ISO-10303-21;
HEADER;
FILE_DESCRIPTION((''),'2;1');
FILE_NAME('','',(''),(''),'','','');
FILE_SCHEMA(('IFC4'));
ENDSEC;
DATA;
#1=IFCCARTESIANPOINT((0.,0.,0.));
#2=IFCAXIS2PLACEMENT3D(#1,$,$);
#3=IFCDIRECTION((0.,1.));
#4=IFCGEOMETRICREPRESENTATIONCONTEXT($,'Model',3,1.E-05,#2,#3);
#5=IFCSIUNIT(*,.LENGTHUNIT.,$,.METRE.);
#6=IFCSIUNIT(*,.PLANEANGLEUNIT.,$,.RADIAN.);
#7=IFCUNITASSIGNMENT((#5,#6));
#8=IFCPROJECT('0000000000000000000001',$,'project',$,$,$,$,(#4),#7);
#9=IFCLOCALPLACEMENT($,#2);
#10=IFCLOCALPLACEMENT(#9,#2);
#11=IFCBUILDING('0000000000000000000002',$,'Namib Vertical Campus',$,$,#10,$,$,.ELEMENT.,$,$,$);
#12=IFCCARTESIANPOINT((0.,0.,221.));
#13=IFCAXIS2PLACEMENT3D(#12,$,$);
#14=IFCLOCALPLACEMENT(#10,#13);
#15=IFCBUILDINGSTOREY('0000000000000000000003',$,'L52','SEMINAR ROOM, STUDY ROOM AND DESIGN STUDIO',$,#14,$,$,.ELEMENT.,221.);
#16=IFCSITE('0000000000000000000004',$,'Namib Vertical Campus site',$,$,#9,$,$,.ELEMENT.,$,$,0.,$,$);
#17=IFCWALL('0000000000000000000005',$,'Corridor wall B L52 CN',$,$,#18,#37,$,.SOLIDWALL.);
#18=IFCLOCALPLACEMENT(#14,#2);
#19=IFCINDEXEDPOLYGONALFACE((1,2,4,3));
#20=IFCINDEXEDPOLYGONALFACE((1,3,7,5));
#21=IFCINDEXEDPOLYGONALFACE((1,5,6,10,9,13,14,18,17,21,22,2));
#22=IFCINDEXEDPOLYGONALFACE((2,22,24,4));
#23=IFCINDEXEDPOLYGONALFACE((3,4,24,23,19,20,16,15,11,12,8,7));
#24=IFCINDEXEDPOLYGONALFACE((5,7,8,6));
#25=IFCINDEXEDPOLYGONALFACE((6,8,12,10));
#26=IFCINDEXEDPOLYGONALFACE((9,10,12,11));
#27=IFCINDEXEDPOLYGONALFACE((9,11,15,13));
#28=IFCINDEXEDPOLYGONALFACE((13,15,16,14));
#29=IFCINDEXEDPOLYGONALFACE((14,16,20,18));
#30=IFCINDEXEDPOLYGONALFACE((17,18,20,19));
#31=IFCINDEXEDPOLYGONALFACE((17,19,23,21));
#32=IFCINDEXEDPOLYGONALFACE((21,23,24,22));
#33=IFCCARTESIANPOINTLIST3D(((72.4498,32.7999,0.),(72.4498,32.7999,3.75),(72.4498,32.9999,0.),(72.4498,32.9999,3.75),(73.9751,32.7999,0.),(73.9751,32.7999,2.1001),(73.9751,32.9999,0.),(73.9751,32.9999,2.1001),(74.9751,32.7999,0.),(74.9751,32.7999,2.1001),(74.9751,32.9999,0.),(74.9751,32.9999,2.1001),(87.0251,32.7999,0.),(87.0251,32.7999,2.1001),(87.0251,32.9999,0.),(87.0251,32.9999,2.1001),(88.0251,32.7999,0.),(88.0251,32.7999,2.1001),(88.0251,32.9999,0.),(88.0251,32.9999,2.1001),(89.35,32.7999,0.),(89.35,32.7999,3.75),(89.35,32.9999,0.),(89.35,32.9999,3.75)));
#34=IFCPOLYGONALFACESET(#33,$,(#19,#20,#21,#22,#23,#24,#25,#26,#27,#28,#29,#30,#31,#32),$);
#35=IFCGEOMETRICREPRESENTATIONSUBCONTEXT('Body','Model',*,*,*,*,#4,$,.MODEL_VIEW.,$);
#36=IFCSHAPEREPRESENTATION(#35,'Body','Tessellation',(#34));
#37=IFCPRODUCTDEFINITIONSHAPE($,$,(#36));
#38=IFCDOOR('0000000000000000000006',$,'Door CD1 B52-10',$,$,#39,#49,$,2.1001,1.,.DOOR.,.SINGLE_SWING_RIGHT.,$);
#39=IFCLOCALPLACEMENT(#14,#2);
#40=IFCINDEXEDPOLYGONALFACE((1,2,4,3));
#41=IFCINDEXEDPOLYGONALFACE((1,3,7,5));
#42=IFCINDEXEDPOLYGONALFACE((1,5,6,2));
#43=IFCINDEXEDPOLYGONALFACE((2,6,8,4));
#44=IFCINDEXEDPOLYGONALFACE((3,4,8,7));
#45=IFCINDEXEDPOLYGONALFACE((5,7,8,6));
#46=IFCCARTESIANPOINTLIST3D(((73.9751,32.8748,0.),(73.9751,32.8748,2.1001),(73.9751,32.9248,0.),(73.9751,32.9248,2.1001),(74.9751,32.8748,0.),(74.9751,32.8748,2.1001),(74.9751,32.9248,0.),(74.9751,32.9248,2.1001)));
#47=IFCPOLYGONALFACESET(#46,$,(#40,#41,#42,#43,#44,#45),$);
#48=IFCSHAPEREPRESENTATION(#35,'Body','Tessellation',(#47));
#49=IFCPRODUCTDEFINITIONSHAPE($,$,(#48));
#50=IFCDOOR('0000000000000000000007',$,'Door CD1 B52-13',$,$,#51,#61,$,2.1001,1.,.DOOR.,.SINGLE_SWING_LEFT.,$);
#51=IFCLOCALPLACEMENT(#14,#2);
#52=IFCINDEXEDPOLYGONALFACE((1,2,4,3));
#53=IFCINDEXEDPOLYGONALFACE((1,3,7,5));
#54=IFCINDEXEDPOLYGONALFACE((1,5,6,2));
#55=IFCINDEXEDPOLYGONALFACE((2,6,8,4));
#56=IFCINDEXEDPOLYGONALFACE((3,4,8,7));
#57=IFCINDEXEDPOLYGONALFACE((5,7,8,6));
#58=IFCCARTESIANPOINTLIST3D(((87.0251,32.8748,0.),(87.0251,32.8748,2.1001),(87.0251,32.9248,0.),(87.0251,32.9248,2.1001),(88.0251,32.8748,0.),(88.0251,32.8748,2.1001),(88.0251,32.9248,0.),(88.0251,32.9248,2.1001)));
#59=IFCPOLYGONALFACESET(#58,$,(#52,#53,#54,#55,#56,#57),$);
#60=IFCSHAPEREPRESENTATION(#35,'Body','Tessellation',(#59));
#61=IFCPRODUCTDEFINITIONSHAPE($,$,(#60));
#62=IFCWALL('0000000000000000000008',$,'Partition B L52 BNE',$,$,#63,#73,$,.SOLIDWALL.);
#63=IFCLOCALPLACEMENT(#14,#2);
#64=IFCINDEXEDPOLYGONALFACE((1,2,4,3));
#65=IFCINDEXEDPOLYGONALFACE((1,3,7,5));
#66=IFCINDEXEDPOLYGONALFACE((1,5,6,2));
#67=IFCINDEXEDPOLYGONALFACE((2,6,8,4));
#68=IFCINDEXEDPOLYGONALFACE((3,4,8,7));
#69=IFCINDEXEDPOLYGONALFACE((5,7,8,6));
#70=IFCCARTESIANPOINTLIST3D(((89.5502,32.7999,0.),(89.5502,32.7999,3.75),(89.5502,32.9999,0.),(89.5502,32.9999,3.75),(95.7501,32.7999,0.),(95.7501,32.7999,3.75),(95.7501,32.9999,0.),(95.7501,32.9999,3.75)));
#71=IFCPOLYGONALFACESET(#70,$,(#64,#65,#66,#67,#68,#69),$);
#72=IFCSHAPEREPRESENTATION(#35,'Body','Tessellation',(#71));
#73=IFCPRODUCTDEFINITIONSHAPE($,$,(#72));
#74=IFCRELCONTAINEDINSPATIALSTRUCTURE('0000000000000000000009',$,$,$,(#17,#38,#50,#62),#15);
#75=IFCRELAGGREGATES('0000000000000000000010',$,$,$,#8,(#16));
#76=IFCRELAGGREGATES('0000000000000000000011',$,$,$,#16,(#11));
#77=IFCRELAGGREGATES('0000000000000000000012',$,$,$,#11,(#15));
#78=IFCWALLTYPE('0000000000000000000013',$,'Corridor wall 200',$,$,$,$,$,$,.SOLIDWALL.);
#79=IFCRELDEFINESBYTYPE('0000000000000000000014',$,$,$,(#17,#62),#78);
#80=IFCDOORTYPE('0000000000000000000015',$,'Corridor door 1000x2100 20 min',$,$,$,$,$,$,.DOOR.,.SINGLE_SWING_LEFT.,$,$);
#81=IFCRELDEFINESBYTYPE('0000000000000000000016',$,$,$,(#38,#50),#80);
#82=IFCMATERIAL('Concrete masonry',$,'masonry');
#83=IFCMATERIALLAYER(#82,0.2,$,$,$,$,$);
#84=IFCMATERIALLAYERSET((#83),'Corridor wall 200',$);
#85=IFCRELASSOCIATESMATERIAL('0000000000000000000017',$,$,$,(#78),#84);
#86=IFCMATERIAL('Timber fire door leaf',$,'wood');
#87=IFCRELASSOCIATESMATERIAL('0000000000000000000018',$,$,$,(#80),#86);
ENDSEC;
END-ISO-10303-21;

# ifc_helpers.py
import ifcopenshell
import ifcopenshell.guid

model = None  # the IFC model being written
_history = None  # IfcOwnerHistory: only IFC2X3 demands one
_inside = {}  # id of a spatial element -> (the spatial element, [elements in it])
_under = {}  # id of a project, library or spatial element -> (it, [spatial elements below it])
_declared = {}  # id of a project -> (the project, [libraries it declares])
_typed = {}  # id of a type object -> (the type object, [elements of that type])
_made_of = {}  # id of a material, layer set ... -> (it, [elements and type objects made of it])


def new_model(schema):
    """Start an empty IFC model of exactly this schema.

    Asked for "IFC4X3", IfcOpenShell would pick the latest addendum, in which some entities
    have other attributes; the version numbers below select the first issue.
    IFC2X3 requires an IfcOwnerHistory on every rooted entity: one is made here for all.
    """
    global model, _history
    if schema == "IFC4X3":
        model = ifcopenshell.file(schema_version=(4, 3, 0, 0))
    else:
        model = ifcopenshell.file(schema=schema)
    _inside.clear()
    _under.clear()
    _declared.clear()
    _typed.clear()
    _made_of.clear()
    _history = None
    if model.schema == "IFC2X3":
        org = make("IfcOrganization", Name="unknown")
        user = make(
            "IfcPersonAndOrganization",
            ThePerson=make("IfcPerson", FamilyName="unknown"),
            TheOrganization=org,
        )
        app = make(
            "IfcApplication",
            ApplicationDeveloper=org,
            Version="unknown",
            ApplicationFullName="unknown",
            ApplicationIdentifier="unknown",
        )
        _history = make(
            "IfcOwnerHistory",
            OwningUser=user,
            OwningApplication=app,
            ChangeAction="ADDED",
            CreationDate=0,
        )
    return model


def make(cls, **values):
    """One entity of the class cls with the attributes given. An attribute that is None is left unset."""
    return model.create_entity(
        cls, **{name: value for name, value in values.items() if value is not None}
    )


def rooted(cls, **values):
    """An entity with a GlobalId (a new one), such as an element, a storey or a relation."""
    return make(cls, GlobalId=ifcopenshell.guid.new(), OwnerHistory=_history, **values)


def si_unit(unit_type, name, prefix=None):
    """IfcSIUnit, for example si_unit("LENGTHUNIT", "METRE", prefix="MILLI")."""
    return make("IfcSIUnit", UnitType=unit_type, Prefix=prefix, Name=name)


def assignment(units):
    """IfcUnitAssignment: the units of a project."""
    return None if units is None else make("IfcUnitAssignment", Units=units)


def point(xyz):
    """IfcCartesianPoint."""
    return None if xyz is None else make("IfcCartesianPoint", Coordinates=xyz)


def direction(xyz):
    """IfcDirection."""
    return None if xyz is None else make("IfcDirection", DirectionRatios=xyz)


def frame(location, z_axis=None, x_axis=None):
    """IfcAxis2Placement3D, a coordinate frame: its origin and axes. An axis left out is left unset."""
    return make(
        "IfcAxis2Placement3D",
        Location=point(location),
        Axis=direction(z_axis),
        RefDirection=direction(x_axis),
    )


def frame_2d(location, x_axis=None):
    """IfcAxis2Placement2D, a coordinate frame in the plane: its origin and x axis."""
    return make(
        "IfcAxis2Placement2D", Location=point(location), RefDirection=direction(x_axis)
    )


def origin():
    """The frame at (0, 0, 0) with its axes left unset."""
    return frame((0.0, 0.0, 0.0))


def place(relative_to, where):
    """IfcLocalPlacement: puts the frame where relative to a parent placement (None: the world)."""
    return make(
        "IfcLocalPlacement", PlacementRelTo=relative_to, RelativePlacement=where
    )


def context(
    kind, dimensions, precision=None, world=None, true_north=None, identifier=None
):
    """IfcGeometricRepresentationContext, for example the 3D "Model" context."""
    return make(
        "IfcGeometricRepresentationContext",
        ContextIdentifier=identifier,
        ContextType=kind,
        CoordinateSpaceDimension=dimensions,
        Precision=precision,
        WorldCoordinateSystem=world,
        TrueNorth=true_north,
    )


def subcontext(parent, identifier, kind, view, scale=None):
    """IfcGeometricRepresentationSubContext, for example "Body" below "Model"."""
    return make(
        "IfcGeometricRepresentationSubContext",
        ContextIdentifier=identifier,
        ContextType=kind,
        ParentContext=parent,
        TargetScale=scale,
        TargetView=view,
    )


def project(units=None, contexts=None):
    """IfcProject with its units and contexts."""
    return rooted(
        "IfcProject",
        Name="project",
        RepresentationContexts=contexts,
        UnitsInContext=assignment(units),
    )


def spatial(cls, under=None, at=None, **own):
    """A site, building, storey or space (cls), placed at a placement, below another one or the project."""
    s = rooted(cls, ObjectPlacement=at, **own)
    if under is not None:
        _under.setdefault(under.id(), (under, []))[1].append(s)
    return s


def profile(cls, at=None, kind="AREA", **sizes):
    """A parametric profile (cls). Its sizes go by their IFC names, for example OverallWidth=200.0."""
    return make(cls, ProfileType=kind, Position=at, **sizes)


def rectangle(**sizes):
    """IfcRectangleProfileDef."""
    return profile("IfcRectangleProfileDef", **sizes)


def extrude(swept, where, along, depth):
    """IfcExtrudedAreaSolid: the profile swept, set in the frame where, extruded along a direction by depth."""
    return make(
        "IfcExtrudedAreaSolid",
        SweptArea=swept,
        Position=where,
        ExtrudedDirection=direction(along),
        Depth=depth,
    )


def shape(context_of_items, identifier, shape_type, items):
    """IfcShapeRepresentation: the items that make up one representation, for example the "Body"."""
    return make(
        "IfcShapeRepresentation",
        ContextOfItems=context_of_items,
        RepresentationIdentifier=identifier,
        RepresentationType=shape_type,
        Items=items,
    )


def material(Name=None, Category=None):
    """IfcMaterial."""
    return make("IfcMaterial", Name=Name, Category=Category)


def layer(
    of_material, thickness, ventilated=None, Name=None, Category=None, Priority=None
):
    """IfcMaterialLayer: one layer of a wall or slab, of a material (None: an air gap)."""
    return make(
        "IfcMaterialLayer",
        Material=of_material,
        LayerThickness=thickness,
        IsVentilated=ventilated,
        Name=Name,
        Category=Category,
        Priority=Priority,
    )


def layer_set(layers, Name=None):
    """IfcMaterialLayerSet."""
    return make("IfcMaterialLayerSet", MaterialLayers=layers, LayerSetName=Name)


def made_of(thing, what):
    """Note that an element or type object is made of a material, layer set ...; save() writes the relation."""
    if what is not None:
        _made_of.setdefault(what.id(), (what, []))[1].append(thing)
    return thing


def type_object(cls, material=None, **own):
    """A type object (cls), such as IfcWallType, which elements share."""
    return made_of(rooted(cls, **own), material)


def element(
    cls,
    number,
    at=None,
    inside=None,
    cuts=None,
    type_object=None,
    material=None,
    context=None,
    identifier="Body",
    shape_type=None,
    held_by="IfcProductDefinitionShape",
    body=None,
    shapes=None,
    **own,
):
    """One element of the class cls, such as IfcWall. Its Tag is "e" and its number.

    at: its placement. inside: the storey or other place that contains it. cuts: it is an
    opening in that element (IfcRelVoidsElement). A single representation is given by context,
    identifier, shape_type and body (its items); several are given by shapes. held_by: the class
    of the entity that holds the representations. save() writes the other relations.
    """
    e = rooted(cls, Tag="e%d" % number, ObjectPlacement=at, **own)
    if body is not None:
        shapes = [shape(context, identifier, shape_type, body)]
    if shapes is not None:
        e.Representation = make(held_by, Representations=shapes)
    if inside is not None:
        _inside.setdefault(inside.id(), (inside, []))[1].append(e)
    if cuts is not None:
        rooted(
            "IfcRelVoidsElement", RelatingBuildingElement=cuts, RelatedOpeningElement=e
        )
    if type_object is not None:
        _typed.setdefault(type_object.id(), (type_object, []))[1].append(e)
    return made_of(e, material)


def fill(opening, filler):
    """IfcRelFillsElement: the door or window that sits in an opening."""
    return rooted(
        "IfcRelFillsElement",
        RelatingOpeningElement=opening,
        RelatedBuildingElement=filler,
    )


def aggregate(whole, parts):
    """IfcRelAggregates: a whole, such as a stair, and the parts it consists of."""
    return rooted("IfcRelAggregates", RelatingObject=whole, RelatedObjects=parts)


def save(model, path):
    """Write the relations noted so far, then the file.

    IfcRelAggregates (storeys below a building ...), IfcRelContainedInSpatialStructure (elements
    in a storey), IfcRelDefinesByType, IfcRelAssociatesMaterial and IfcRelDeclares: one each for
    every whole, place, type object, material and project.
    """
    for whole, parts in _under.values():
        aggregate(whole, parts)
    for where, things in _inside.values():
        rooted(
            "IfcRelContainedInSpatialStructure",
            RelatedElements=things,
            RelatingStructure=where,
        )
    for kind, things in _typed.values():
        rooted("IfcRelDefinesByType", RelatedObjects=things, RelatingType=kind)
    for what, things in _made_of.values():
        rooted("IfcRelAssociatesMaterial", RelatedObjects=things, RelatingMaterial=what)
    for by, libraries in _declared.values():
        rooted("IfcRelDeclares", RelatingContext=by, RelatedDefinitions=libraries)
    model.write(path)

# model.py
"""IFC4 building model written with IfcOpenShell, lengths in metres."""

from ifc_helpers import new_model, si_unit, direction, frame, frame_2d, origin, place, context, subcontext, project, spatial, rectangle, extrude, material, layer, layer_set, type_object, element, fill, save


model = new_model("IFC4")

# Units and contexts
model_context = context("Model", 3, precision=1e-05, world=origin(), true_north=direction((0.0, 1.0)))
body_context = subcontext(model_context, "Body", "Model", "MODEL_VIEW")
ifc_project = project(units=[si_unit("LENGTHUNIT", "METRE"), si_unit("PLANEANGLEUNIT", "RADIAN")], contexts=[model_context])

# Site, building, storey
site_placement = place(None, origin())
site = spatial("IfcSite", under=ifc_project, at=site_placement, Name="Namib Vertical Campus site", CompositionType="ELEMENT", RefElevation=0.0)
building_placement = place(site_placement, origin())
building = spatial("IfcBuilding", under=site, at=building_placement, Name="Namib Vertical Campus", CompositionType="ELEMENT")
storey_placement = place(building_placement, frame((0.0, 0.0, 221.0)))
storey = spatial("IfcBuildingStorey", under=building, at=storey_placement, Name="L52", Description="SEMINAR ROOM, STUDY ROOM AND DESIGN STUDIO", CompositionType="ELEMENT", Elevation=221.0)

# Wall, openings, doors
ifc_material_1 = material(Name="Concrete masonry", Category="masonry")
ifc_layer_1 = layer(ifc_material_1, 0.2)
ifc_layer_set_1 = layer_set([ifc_layer_1], Name="Corridor wall 200")
wall_type_1 = type_object("IfcWallType", Name="Corridor wall 200", PredefinedType="SOLIDWALL", material=ifc_layer_set_1)
wall_1_placement = place(storey_placement, frame((89.3501, 32.8999, 0.0), z_axis=(0.0, 0.0, 1.0), x_axis=(-1.0, 0.0, 0.0)))
wall_1 = element("IfcWall", 1, at=wall_1_placement, inside=storey, type_object=wall_type_1, Name="Corridor wall B L52 CN", PredefinedType="SOLIDWALL", context=body_context, shape_type="SweptSolid", body=[
    extrude(rectangle(XDim=16.9001, YDim=0.2, at=frame_2d((8.4502, 0.0))), origin(), (0.0, 0.0, 1.0), 3.75),
])
opening_1_placement = place(wall_1_placement, frame((14.375, 0.0, 0.0)))
opening_1 = element("IfcOpeningElement", 2, at=opening_1_placement, cuts=wall_1, PredefinedType="OPENING", context=body_context, shape_type="SweptSolid", body=[
    extrude(rectangle(XDim=1.0, YDim=2.1001, at=frame_2d((0.5, 1.05))), frame((0.0, 0.1099, 0.0), z_axis=(0.0, -1.0, 0.0), x_axis=(1.0, 0.0, 0.0)), (0.0, 0.0, 1.0), 0.22),
])
opening_2_placement = place(wall_1_placement, frame((1.325, 0.0, 0.0)))
opening_2 = element("IfcOpeningElement", 3, at=opening_2_placement, cuts=wall_1, PredefinedType="OPENING", context=body_context, shape_type="SweptSolid", body=[
    extrude(rectangle(XDim=1.0, YDim=2.1001, at=frame_2d((0.5, 1.05))), frame((0.0, 0.1099, 0.0), z_axis=(0.0, -1.0, 0.0), x_axis=(1.0, 0.0, 0.0)), (0.0, 0.0, 1.0), 0.22),
])
ifc_material_2 = material(Name="Timber fire door leaf", Category="wood")
door_type_1 = type_object("IfcDoorType", Name="Corridor door 1000x2100 20 min", OperationType="SINGLE_SWING_LEFT", PredefinedType="DOOR", material=ifc_material_2)
door_1_placement = place(opening_1_placement, frame((1.0, 0.0, 0.0), z_axis=(0.0, 0.0, 1.0), x_axis=(-1.0, 0.0, 0.0)))
door_1 = element("IfcDoor", 4, at=door_1_placement, inside=storey, type_object=door_type_1, Name="Door CD1 B52-10", OperationType="SINGLE_SWING_RIGHT", OverallHeight=2.1001, OverallWidth=1.0, PredefinedType="DOOR", context=body_context, shape_type="SweptSolid", body=[
    extrude(rectangle(XDim=1.0, YDim=2.1001, at=frame_2d((0.5, 1.05))), frame((0.0, 0.0249, 0.0), z_axis=(0.0, -1.0, 0.0), x_axis=(1.0, 0.0, 0.0)), (0.0, 0.0, 1.0), 0.05),
])
fill(opening_1, door_1)
door_2_placement = place(opening_2_placement, frame((1.0, 0.0, 0.0), z_axis=(0.0, 0.0, 1.0), x_axis=(-1.0, 0.0, 0.0)))
door_2 = element("IfcDoor", 5, at=door_2_placement, inside=storey, type_object=door_type_1, Name="Door CD1 B52-13", OperationType="SINGLE_SWING_LEFT", OverallHeight=2.1001, OverallWidth=1.0, PredefinedType="DOOR", context=body_context, shape_type="SweptSolid", body=[
    extrude(rectangle(XDim=1.0, YDim=2.1001, at=frame_2d((0.5, 1.05))), frame((0.0, 0.0249, 0.0), z_axis=(0.0, -1.0, 0.0), x_axis=(1.0, 0.0, 0.0)), (0.0, 0.0, 1.0), 0.05),
])
fill(opening_2, door_2)

# Wall
wall_2_placement = place(storey_placement, frame((89.55, 32.8999, 0.0), z_axis=(0.0, 0.0, 1.0), x_axis=(1.0, 0.0, 0.0)))
element("IfcWall", 6, at=wall_2_placement, inside=storey, type_object=wall_type_1, Name="Partition B L52 BNE", PredefinedType="SOLIDWALL", context=body_context, shape_type="SweptSolid", body=[
    extrude(rectangle(XDim=6.2, YDim=0.2, at=frame_2d((3.1001, 0.0))), origin(), (0.0, 0.0, 1.0), 3.75),
])

save(model, "model.ifc")
